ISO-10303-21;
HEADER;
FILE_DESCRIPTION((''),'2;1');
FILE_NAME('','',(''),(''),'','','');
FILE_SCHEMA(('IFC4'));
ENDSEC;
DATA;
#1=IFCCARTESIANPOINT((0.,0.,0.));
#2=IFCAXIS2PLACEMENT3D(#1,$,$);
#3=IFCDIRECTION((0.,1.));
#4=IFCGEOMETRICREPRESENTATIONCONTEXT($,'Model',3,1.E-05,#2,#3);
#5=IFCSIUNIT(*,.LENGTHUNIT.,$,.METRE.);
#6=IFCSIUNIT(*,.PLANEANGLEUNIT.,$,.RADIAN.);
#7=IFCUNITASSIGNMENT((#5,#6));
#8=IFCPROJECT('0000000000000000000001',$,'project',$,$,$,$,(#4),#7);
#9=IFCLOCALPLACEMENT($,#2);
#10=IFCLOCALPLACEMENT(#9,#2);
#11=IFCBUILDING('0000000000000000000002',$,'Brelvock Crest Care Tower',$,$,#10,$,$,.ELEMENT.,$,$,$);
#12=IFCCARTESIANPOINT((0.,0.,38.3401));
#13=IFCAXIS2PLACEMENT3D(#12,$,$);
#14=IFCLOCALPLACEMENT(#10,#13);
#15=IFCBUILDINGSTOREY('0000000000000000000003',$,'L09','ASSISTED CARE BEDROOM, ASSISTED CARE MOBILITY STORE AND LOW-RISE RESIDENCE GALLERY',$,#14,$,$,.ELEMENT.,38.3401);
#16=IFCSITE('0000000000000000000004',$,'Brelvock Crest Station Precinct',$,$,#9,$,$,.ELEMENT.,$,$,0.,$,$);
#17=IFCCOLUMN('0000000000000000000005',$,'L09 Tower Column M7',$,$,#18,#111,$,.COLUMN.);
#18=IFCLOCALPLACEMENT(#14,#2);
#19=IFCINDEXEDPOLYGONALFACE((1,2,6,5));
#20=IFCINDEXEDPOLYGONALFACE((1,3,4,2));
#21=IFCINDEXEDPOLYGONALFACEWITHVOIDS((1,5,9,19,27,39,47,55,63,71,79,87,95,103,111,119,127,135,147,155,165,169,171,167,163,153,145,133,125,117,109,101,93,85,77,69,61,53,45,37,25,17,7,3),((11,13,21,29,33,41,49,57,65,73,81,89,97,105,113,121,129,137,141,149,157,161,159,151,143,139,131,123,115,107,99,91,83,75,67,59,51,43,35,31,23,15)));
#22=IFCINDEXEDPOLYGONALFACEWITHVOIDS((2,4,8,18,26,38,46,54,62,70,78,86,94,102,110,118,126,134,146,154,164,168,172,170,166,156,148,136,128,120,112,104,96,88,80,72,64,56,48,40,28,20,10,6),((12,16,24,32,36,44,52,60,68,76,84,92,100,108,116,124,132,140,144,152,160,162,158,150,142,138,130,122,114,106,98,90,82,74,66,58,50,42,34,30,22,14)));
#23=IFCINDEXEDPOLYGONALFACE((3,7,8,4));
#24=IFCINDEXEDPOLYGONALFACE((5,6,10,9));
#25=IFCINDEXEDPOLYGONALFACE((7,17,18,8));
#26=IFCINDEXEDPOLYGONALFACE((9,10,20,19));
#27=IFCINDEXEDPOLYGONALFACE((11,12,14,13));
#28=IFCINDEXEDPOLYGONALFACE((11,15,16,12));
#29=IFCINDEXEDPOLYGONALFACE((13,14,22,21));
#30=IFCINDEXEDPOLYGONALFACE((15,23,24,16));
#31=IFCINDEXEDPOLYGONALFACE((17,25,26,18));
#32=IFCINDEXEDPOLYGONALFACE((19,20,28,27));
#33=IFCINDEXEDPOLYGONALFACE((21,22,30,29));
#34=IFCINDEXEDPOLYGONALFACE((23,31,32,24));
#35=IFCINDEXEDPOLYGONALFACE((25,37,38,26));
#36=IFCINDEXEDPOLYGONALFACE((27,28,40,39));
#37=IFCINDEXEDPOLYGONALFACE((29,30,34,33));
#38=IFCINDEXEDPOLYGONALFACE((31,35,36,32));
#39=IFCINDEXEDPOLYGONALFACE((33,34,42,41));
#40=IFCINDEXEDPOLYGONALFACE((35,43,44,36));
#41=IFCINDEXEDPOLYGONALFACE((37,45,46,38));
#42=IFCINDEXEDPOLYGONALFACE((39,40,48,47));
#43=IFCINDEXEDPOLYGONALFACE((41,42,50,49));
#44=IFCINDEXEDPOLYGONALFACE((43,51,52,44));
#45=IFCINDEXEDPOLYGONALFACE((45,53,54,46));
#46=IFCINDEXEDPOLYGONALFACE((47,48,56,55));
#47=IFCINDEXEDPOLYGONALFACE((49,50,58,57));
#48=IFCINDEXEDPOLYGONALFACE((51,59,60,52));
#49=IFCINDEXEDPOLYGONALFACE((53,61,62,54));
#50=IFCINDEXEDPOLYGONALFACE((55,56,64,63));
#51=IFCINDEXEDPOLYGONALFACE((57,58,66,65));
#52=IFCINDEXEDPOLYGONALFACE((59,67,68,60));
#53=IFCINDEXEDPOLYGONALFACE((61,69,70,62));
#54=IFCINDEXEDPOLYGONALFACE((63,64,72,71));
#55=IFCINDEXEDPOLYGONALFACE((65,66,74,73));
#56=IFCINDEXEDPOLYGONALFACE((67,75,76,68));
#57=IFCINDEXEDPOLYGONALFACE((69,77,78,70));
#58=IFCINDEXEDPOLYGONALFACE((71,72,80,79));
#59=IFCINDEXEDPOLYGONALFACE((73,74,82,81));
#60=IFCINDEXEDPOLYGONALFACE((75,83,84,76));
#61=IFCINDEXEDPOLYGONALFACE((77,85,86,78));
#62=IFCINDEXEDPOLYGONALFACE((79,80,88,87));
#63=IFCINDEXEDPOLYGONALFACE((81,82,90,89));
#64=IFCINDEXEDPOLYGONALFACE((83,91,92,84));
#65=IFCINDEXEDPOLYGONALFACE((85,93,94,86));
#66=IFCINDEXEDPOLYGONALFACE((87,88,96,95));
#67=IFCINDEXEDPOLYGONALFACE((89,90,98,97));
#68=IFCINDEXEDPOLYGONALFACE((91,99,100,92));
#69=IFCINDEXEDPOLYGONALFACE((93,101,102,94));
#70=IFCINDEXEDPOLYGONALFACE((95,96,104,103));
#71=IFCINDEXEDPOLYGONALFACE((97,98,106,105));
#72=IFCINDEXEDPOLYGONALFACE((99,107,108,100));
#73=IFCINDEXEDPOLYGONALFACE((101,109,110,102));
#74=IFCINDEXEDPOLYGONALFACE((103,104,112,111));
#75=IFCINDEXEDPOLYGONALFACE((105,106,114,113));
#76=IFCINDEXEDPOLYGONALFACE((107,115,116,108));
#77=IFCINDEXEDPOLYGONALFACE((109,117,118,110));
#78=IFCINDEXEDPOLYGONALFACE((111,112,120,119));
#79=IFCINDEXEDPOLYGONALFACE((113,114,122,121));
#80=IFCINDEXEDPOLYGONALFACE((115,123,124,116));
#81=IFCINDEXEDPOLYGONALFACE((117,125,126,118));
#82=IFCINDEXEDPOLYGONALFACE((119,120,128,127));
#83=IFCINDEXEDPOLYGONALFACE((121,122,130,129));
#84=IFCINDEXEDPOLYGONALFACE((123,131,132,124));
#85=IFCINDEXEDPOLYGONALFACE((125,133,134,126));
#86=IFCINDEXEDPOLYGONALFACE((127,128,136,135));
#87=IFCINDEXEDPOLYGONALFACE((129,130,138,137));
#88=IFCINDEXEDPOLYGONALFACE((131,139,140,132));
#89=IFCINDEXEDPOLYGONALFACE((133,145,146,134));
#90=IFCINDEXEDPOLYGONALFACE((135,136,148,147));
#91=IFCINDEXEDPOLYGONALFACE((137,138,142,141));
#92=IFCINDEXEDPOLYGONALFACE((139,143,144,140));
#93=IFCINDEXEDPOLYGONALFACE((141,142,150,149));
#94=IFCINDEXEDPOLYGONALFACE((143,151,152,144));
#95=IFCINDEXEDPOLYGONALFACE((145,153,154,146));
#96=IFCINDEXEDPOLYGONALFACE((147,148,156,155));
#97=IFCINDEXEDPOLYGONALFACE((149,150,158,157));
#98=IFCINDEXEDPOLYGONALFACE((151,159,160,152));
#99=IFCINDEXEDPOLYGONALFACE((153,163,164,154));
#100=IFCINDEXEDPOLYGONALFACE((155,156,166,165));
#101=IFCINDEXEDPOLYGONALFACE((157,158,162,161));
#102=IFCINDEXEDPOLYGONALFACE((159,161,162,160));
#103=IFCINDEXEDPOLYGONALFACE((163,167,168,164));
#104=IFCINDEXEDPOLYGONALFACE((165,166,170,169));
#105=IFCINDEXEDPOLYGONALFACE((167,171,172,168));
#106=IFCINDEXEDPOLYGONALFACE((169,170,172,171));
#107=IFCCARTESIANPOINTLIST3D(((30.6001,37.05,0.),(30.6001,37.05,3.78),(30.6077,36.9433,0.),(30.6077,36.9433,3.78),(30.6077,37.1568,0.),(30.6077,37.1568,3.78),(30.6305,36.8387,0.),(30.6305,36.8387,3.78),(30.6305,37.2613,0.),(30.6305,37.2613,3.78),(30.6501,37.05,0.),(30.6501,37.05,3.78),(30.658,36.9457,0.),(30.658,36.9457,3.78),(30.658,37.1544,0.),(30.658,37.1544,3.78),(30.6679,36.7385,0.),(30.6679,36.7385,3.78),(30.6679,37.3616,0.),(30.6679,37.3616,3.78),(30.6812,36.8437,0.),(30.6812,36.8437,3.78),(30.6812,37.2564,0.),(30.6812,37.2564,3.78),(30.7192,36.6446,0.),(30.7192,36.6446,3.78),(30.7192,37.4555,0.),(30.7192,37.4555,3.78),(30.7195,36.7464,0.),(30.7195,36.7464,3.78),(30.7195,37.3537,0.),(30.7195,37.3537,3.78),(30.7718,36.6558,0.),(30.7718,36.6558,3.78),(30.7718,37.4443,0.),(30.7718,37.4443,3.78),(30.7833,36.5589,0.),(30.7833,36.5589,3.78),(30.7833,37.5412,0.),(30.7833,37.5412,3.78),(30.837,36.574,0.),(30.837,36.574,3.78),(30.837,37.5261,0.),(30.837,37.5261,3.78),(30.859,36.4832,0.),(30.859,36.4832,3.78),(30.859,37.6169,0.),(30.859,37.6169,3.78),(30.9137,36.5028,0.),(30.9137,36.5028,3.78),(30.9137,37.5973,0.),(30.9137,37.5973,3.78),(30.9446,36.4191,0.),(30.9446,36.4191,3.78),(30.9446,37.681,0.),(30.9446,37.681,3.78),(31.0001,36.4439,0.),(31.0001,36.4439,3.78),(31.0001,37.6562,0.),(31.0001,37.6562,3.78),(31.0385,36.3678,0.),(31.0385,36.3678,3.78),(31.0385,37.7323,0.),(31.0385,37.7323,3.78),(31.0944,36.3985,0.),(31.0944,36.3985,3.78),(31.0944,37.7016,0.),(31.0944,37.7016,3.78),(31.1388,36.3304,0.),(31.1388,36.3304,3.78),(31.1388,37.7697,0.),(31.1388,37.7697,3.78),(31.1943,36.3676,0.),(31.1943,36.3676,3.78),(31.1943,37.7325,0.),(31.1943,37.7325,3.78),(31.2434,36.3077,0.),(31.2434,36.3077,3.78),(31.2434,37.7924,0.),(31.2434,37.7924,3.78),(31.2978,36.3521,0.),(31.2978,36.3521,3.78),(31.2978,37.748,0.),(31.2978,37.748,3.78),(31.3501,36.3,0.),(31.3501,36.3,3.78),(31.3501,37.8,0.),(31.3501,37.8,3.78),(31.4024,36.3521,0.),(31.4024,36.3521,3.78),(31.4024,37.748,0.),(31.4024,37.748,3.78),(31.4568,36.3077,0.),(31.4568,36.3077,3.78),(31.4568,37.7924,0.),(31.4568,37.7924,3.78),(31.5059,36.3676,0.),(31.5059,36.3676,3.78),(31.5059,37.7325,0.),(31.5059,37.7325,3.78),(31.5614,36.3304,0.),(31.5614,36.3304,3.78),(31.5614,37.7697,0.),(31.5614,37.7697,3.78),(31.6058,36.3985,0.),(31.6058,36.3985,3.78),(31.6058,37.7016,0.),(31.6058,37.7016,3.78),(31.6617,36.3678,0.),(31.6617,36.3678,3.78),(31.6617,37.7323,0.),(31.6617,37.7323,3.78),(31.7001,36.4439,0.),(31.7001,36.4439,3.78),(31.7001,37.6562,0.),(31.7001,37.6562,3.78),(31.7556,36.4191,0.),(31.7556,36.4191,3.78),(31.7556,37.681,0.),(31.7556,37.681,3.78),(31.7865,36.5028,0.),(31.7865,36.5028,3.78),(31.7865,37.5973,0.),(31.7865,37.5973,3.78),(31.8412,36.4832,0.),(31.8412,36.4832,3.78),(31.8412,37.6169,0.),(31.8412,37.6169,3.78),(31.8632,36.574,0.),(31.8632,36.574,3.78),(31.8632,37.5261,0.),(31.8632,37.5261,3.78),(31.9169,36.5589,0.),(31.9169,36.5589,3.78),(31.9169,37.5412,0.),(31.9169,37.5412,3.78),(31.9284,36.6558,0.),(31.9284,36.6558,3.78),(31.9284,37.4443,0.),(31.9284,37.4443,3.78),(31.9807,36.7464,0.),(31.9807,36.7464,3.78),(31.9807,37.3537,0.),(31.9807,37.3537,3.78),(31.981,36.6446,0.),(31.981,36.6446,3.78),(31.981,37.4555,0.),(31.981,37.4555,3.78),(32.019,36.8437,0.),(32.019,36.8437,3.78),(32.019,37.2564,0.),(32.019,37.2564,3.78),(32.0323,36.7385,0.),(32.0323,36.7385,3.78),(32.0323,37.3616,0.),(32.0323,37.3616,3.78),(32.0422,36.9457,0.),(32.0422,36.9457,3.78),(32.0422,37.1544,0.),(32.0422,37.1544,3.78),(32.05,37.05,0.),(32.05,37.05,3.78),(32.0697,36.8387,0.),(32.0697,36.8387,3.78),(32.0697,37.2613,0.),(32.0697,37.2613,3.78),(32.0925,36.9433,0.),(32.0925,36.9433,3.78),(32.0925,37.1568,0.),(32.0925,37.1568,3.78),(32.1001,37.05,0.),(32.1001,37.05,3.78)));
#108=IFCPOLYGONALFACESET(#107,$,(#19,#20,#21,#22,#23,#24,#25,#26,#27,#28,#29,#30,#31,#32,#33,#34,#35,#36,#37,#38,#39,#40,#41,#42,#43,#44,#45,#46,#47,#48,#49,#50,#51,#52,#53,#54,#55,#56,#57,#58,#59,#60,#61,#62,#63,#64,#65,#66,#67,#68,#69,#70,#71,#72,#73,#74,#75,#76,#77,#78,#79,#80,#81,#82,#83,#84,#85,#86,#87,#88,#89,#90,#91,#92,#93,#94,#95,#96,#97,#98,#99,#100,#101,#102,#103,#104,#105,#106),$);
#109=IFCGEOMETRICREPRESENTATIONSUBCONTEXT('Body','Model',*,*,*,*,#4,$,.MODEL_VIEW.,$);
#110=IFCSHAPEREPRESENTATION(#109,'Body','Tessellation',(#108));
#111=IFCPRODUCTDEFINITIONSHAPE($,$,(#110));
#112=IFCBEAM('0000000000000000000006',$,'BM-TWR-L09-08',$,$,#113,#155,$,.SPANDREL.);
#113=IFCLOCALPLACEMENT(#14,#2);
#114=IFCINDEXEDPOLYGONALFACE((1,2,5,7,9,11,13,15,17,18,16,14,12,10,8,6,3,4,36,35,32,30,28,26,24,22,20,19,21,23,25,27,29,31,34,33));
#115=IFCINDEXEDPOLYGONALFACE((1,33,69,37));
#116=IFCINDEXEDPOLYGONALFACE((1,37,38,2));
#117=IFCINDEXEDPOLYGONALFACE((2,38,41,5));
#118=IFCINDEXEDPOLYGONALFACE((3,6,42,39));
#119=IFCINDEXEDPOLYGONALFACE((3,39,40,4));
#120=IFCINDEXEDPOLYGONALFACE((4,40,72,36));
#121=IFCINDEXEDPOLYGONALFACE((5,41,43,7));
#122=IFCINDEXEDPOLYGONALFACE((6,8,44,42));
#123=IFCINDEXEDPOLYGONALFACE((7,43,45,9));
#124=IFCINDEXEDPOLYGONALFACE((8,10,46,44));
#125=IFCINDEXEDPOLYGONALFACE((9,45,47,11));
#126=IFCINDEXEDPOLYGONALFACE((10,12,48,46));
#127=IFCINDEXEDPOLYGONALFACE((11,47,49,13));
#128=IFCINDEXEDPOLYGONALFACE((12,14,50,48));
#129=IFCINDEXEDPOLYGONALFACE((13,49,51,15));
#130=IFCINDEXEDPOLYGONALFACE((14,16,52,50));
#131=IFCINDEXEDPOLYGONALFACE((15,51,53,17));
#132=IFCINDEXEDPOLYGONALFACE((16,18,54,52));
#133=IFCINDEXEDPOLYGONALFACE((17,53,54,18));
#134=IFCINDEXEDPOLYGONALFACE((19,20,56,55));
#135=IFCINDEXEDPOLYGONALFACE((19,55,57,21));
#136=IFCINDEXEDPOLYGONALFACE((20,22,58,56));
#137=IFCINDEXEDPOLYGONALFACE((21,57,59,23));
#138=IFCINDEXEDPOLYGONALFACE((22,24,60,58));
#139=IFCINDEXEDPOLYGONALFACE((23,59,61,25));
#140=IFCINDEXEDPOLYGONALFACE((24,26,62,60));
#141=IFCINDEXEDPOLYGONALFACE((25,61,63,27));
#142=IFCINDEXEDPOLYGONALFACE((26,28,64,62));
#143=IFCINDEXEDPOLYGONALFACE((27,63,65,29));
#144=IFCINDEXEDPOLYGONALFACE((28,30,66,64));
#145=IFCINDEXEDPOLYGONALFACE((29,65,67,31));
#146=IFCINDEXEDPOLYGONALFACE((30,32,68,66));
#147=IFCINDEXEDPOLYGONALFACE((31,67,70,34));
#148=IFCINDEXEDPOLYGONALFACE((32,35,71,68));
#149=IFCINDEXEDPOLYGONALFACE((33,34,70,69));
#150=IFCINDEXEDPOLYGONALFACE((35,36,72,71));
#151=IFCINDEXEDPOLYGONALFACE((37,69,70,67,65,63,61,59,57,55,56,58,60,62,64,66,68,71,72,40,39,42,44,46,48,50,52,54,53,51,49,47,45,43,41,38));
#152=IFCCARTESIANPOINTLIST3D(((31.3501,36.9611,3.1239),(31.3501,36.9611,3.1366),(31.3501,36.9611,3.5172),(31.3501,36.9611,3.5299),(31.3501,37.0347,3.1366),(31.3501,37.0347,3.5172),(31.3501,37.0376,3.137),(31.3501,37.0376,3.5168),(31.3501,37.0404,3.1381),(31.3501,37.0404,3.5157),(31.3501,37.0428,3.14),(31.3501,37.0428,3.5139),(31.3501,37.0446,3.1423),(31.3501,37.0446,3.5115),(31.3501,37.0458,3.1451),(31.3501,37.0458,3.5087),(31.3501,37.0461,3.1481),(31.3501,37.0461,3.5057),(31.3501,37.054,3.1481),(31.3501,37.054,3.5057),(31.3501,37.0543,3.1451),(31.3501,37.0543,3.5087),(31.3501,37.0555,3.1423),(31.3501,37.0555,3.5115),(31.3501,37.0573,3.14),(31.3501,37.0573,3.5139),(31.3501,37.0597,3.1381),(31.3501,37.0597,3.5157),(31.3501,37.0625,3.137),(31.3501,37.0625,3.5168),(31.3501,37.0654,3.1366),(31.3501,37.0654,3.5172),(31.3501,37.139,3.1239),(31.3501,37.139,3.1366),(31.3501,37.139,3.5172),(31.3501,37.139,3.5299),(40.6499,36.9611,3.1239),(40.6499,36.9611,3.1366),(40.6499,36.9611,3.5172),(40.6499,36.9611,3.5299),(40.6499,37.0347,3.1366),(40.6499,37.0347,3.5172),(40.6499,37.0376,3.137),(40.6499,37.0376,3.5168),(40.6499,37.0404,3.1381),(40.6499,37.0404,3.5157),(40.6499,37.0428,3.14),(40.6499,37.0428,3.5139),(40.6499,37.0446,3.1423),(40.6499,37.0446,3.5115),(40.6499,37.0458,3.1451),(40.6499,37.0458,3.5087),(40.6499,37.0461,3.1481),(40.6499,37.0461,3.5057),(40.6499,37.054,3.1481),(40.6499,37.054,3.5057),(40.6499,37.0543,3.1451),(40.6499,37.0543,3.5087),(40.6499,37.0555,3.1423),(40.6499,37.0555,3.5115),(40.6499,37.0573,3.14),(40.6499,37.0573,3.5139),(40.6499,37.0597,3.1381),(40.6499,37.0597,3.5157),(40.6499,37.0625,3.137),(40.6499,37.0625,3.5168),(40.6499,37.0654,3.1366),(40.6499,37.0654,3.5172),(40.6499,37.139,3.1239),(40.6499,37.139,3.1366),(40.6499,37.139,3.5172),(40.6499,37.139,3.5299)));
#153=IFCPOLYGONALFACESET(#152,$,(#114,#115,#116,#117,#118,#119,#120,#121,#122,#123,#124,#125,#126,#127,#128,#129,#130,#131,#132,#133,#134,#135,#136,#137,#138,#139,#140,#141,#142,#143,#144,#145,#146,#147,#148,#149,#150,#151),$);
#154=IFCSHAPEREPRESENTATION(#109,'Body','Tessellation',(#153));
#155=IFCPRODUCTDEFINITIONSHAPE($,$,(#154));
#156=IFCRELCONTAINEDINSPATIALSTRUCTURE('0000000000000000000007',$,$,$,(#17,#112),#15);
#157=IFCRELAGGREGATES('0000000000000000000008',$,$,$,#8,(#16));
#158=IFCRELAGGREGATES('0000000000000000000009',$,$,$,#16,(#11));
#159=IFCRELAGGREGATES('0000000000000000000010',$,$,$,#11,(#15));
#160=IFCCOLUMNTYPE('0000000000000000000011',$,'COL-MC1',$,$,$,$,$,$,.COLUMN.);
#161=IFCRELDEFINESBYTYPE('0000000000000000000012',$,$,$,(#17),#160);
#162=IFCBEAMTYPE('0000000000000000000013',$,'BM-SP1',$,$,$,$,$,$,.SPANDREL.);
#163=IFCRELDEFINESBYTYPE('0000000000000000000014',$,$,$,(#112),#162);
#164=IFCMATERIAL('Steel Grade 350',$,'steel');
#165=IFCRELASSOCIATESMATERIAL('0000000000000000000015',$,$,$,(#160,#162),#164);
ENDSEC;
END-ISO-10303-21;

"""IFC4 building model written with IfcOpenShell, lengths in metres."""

from ifc_helpers import new_model, si_unit, direction, frame, origin, origin_2d, place, context, subcontext, project, spatial, hollow_circle, i_section, extrude, source, transform, mapped, material, material_profile, profile_set, type_object, element, save


model = new_model("IFC4")

# Units and contexts
model_context = context("Model", 3, precision=1e-05, world=origin(), true_north=direction((0.0, 1.0)))
body_context = subcontext(model_context, "Body", "Model", "MODEL_VIEW")
ifc_project = project(units=[si_unit("LENGTHUNIT", "METRE"), si_unit("PLANEANGLEUNIT", "RADIAN")], contexts=[model_context])

# Site, building, storey
site_placement = place(None, origin())
site = spatial("IfcSite", under=ifc_project, at=site_placement, Name="Brelvock Crest Station Precinct", CompositionType="ELEMENT", RefElevation=0.0)
building_placement = place(site_placement, origin())
building = spatial("IfcBuilding", under=site, at=building_placement, Name="Brelvock Crest Care Tower", CompositionType="ELEMENT")
storey_placement = place(building_placement, frame((0.0, 0.0, 38.3401)))
storey = spatial("IfcBuildingStorey", under=building, at=storey_placement, Name="L09", Description="ASSISTED CARE BEDROOM, ASSISTED CARE MOBILITY STORE AND LOW-RISE RESIDENCE GALLERY", CompositionType="ELEMENT", Elevation=38.3401)

# Column
ifc_material_1 = material(Name="Steel Grade 350", Category="steel")
ifc_material_profile_1 = material_profile(ifc_material_1, hollow_circle(Radius=0.75, WallThickness=0.05, at=origin_2d()), Name="CFT1500x50")
ifc_profile_set_1 = profile_set([ifc_material_profile_1], Name="Steel Grade 350")
column_type = type_object("IfcColumnType", Name="COL-MC1", PredefinedType="COLUMN", material=ifc_profile_set_1)
shared_shape_1 = source(origin(), body_context, "Body", "SweptSolid", [
    extrude(hollow_circle(Radius=0.75, WallThickness=0.05, at=origin_2d()), origin(), (0.0, 0.0, 1.0), 3.78),
])
column_placement = place(storey_placement, frame((31.3501, 37.05, 0.0), z_axis=(0.0, 0.0, 1.0), x_axis=(1.0, 0.0, 0.0)))
element("IfcColumn", 1, at=column_placement, inside=storey, type_object=column_type, Name="L09 Tower Column M7", PredefinedType="COLUMN", context=body_context, shape_type="MappedRepresentation", body=[
    mapped(shared_shape_1, transform((0.0, 0.0, 0.0), x_axis=(1.0, 0.0, 0.0), y_axis=(0.0, 1.0, 0.0), z_axis=(0.0, 0.0, 1.0), scale=1.0)),
])

# Beam
ifc_material_profile_2 = material_profile(ifc_material_1, i_section(OverallWidth=0.178, OverallDepth=0.406, WebThickness=0.0078, FlangeThickness=0.0127, FilletRadius=0.0115, at=origin_2d()), Name="410UB59.7")
ifc_profile_set_2 = profile_set([ifc_material_profile_2], Name="Steel Grade 350")
beam_type_1 = type_object("IfcBeamType", Name="BM-SP1", PredefinedType="SPANDREL", material=ifc_profile_set_2)
shared_shape_2 = source(origin(), body_context, "Body", "SweptSolid", [
    extrude(i_section(OverallWidth=0.178, OverallDepth=0.406, WebThickness=0.0078, FlangeThickness=0.0127, FilletRadius=0.0115, at=origin_2d()), origin(), (0.0, 0.0, 1.0), 9.2998),
])
beam_placement = place(storey_placement, frame((31.3501, 37.05, 3.3269), z_axis=(1.0, 0.0, 0.0), x_axis=(0.0, 1.0, 0.0)))
element("IfcBeam", 2, at=beam_placement, inside=storey, type_object=beam_type_1, Name="BM-TWR-L09-08", PredefinedType="SPANDREL", context=body_context, shape_type="MappedRepresentation", body=[
    mapped(shared_shape_2, transform((0.0, 0.0, 0.0), x_axis=(1.0, 0.0, 0.0), y_axis=(0.0, 1.0, 0.0), z_axis=(0.0, 0.0, 1.0), scale=1.0)),
])

save(model, "model.ifc")
